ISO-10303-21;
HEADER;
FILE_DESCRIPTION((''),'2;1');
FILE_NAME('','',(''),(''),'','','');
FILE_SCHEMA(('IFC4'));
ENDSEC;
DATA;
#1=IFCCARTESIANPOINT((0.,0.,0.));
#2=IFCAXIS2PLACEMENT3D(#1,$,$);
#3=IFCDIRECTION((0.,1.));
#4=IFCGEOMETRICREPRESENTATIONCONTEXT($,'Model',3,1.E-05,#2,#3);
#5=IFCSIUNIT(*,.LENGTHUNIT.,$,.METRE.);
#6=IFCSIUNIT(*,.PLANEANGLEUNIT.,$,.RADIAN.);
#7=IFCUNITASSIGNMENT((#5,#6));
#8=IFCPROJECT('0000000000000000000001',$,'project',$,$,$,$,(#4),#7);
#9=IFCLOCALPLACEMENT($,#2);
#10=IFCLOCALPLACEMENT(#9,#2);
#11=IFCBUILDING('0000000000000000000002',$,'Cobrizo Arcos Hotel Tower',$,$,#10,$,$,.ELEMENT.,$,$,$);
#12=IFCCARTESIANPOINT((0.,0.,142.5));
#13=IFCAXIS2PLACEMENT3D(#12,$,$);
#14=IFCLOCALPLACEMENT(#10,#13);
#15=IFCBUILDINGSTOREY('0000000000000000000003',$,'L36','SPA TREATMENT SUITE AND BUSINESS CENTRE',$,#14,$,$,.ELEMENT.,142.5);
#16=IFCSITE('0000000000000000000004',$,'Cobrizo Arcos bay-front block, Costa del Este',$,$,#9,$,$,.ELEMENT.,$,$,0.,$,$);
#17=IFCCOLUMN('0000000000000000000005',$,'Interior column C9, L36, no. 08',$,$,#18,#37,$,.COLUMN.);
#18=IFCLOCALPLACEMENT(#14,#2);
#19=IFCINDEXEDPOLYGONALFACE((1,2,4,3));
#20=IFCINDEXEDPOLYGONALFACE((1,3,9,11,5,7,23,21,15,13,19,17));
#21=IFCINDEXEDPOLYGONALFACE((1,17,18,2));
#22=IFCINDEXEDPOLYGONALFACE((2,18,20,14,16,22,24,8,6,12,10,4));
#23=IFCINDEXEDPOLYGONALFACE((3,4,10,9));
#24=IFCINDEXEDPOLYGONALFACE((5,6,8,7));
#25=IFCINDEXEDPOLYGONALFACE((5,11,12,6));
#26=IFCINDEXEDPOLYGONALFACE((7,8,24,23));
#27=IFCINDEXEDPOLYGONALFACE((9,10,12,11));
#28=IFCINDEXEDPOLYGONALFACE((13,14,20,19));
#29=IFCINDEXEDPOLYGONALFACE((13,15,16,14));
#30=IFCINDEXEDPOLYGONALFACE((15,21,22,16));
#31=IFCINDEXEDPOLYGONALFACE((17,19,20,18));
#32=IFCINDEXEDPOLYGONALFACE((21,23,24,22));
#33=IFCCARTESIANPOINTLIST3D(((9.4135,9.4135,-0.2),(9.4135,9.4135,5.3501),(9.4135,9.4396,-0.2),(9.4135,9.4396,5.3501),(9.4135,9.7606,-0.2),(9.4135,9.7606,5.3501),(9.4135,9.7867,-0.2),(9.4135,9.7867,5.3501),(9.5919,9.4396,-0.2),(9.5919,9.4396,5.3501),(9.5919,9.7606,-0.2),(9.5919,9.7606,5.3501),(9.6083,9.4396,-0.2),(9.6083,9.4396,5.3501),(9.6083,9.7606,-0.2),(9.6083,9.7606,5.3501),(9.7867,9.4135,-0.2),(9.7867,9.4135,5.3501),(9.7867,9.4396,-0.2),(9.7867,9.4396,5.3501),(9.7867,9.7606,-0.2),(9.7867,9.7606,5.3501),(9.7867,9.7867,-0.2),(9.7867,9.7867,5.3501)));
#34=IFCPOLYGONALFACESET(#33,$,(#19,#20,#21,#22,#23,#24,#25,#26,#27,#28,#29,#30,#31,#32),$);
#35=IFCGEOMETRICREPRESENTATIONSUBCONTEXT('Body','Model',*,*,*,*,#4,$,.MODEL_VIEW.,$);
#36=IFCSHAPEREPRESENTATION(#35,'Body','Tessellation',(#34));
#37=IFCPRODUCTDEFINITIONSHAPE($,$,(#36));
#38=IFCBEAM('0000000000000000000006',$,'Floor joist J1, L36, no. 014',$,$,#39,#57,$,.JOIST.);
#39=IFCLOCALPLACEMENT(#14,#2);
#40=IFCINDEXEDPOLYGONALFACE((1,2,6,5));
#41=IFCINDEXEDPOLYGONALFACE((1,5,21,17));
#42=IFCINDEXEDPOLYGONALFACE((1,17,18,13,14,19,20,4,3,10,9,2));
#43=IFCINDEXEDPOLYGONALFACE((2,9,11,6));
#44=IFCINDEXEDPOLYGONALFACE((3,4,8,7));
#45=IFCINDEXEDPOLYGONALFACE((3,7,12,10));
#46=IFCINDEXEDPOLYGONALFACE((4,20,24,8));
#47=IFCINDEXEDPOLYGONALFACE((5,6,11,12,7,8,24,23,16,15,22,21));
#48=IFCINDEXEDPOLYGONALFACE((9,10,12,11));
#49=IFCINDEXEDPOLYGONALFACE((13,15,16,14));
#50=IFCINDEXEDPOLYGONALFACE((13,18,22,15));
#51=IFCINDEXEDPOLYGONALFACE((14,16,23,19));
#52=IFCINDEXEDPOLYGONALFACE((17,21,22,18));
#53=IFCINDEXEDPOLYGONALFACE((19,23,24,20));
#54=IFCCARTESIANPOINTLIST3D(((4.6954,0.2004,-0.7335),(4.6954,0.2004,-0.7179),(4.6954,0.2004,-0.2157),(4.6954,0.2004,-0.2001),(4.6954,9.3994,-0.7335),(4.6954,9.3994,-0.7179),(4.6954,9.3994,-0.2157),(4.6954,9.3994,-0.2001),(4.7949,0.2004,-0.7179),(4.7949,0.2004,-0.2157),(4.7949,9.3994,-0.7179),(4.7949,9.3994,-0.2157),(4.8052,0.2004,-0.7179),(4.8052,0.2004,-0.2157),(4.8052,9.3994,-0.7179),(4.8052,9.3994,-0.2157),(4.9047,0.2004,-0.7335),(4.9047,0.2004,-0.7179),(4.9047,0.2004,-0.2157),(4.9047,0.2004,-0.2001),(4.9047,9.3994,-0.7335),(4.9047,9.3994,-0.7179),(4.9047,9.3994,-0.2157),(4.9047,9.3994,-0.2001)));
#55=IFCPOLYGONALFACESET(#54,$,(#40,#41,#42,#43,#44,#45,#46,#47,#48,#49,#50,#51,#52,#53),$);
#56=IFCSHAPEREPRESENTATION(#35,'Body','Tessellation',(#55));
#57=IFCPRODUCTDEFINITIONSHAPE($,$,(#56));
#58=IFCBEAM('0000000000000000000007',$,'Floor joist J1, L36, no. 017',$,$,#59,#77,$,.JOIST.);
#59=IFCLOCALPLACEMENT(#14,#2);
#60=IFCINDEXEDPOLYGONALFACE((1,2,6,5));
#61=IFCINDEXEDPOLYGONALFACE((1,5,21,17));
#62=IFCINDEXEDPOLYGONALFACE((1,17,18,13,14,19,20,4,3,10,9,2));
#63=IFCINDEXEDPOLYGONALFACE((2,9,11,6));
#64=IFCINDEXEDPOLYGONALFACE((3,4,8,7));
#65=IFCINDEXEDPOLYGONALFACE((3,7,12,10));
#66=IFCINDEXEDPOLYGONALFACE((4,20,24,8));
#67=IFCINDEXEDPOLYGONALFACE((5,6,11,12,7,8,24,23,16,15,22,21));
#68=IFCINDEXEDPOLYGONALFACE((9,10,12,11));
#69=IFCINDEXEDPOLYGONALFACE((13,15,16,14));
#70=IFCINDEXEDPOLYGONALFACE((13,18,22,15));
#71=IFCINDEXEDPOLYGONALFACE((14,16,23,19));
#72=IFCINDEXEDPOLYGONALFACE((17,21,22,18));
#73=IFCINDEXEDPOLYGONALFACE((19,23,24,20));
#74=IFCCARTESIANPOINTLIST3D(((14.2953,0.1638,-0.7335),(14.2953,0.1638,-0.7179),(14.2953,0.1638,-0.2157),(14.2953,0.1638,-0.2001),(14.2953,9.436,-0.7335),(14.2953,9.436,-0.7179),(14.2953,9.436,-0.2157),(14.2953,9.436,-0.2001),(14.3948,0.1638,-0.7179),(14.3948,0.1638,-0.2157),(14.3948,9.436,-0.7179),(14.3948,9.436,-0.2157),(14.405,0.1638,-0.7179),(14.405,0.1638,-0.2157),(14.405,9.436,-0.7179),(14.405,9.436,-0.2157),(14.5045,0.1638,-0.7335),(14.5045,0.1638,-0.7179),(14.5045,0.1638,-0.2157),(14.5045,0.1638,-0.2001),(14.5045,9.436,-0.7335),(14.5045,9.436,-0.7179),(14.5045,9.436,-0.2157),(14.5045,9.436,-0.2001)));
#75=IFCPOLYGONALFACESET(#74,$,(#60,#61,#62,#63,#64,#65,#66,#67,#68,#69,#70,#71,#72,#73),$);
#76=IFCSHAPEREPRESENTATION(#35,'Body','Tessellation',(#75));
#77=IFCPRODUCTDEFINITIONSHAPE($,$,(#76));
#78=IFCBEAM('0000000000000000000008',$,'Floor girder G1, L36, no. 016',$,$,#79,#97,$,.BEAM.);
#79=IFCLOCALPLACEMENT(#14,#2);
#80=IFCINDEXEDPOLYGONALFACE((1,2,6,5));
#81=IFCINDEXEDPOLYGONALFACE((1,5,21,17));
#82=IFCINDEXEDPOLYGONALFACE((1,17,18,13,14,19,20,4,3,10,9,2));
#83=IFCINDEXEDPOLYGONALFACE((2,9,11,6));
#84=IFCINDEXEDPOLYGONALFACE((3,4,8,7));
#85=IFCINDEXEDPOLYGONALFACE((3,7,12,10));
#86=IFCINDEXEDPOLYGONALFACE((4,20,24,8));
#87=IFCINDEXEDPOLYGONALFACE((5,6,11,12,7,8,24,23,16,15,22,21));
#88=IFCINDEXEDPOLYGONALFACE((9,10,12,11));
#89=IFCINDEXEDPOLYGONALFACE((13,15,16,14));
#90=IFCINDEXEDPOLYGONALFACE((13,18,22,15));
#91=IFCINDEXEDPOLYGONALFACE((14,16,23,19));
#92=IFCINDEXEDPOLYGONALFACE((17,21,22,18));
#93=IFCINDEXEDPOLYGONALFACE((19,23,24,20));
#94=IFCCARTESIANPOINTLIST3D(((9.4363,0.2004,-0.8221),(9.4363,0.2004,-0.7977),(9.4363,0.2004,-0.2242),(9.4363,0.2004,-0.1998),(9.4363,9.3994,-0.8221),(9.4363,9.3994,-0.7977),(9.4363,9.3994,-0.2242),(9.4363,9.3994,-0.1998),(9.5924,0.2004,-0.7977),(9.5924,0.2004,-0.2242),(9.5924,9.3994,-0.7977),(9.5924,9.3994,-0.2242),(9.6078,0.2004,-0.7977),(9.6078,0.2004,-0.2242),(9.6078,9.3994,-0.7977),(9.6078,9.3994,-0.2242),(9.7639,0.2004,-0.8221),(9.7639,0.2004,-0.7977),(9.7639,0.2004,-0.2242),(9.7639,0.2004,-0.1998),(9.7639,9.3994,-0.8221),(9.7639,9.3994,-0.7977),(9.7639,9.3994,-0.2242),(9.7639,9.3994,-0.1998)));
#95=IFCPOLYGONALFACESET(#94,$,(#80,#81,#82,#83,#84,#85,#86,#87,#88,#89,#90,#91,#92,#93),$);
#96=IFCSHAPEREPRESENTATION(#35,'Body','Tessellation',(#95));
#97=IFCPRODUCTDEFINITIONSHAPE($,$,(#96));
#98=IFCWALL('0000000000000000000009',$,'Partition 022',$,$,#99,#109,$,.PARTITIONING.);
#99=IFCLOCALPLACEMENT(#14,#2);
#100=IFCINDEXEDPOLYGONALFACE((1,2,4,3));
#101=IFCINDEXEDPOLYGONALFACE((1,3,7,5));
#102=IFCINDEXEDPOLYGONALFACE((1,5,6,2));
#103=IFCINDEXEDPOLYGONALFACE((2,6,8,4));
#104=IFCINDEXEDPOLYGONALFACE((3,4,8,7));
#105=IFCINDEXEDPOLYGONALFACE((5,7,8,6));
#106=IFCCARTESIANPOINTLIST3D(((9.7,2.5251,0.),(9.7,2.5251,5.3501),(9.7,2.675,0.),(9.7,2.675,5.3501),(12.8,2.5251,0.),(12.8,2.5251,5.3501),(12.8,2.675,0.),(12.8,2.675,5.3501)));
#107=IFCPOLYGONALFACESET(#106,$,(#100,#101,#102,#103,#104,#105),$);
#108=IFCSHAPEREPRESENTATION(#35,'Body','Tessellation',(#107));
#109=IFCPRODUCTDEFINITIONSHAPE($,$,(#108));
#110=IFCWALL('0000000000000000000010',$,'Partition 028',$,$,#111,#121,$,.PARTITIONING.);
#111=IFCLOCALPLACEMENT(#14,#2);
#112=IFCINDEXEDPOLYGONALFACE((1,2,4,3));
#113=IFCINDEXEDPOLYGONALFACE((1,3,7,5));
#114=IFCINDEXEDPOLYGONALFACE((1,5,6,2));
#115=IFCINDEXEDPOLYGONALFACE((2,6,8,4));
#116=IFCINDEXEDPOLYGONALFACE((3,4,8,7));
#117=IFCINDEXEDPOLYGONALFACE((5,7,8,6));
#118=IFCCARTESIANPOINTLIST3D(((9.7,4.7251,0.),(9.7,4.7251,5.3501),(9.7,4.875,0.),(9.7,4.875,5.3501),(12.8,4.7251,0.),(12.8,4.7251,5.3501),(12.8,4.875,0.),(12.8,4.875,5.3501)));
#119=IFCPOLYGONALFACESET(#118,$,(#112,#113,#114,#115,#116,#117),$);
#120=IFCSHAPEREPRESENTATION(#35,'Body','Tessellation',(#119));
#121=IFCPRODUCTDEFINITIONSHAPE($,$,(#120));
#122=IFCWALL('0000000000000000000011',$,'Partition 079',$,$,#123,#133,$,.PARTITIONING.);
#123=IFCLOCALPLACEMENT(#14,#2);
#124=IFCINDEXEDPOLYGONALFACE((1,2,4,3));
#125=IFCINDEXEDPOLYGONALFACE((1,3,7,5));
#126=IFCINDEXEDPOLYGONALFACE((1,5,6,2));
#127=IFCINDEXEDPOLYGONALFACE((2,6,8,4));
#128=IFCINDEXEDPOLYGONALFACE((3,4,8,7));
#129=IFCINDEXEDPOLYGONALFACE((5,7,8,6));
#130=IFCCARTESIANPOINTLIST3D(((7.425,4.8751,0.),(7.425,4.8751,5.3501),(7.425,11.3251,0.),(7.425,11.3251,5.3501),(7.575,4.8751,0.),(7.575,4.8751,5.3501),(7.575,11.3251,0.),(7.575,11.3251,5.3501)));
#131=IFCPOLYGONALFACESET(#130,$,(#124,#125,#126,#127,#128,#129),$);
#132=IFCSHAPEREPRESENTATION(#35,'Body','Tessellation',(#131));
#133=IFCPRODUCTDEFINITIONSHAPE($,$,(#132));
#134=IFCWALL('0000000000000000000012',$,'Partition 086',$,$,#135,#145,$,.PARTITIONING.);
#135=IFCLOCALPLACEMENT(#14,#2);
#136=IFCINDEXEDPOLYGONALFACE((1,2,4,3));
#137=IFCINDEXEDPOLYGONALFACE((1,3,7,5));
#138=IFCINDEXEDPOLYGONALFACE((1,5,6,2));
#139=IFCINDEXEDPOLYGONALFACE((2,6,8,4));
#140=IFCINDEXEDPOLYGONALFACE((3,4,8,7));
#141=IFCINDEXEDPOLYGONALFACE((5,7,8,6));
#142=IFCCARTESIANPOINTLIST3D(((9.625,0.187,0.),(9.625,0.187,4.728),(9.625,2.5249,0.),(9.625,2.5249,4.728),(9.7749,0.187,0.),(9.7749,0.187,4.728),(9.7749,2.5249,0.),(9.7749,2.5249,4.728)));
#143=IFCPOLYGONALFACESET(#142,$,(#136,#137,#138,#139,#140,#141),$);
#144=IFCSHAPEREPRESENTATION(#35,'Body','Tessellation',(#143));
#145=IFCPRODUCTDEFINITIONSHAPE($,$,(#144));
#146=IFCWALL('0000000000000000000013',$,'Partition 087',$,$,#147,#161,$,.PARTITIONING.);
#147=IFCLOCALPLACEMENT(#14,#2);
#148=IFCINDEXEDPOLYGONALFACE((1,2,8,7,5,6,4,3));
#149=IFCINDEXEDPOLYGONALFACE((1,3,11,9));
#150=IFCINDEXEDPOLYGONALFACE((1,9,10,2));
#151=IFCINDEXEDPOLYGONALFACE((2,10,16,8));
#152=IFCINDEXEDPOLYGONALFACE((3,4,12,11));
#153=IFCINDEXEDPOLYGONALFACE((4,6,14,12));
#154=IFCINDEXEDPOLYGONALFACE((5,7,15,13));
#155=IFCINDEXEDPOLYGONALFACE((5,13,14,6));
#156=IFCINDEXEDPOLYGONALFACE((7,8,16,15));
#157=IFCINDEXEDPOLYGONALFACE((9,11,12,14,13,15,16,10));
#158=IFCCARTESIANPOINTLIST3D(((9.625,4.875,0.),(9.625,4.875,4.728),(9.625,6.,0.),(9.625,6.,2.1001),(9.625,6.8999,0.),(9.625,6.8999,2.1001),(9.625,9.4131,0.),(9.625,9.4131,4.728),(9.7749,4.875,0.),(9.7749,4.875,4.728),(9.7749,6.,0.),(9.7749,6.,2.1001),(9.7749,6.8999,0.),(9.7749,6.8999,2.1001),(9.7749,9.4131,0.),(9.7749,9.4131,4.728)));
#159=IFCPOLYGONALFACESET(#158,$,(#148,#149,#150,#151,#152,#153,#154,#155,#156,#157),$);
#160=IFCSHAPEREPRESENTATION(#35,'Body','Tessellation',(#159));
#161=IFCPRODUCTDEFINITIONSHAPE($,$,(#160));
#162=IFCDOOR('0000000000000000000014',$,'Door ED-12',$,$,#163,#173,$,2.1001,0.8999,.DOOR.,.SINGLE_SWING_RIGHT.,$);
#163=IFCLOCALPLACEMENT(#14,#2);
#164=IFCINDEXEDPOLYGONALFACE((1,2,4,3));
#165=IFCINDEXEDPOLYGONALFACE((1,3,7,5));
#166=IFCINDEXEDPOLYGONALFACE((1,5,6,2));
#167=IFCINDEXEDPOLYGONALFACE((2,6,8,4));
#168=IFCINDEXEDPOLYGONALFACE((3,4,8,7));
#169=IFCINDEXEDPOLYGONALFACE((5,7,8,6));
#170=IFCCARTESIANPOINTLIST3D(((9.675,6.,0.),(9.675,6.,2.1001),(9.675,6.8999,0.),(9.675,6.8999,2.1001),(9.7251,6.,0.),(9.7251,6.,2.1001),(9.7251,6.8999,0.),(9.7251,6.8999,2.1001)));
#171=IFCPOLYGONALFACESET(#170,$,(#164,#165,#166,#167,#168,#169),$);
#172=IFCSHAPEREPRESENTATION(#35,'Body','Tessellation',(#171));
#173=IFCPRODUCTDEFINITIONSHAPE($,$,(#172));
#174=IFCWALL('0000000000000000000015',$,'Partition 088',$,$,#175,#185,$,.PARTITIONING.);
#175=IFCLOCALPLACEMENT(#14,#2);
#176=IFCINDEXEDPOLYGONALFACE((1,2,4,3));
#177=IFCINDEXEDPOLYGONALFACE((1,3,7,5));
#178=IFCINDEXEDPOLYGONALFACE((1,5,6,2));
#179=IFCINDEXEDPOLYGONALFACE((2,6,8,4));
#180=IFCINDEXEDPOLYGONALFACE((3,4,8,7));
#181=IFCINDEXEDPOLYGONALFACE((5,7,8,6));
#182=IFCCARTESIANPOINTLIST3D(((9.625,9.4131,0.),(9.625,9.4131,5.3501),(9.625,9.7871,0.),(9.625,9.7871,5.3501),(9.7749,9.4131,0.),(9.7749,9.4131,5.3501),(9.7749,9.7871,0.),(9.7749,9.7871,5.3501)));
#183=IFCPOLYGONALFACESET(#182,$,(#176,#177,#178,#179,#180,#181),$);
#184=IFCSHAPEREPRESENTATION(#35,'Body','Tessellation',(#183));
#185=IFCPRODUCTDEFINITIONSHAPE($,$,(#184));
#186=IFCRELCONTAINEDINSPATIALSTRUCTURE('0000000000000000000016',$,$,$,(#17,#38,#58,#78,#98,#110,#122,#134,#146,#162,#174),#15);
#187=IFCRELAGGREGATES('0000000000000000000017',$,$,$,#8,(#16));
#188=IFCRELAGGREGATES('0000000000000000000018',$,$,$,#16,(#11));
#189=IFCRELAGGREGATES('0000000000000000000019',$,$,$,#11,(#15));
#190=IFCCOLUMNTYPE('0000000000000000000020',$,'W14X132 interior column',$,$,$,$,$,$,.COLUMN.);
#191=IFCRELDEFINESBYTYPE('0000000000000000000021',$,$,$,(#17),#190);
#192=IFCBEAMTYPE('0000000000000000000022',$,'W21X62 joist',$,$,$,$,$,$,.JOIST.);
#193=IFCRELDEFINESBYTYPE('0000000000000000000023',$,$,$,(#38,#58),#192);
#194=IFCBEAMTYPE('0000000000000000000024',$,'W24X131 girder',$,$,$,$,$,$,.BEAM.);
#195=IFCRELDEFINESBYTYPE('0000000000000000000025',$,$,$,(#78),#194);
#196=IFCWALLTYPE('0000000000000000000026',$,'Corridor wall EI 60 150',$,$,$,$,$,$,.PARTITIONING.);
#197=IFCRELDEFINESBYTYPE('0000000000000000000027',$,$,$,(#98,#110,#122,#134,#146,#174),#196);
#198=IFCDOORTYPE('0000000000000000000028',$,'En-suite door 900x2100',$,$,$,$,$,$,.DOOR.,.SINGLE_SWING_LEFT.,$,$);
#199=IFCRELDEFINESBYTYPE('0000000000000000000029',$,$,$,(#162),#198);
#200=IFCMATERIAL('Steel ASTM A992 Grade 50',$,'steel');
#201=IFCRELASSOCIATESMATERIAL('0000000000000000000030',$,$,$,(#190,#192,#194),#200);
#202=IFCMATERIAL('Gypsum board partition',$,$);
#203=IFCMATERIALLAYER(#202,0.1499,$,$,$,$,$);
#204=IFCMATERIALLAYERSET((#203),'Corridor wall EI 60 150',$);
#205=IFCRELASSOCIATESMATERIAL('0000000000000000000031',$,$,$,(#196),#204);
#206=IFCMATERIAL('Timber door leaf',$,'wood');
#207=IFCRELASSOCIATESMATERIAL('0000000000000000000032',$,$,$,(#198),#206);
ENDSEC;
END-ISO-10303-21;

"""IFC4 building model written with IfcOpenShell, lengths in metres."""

from ifc_helpers import new_model, si_unit, direction, frame, frame_2d, origin, origin_2d, place, context, subcontext, project, spatial, rectangle, i_section, extrude, material, layer, layer_set, material_profile, profile_set, type_object, element, fill, save


model = new_model("IFC4")

# Units and contexts
model_context = context("Model", 3, precision=1e-05, world=origin(), true_north=direction((0.0, 1.0)))
body_context = subcontext(model_context, "Body", "Model", "MODEL_VIEW")
ifc_project = project(units=[si_unit("LENGTHUNIT", "METRE"), si_unit("PLANEANGLEUNIT", "RADIAN")], contexts=[model_context])

# Site, building, storey
site_placement = place(None, origin())
site = spatial("IfcSite", under=ifc_project, at=site_placement, Name="Cobrizo Arcos bay-front block, Costa del Este", CompositionType="ELEMENT", RefElevation=0.0)
building_placement = place(site_placement, origin())
building = spatial("IfcBuilding", under=site, at=building_placement, Name="Cobrizo Arcos Hotel Tower", CompositionType="ELEMENT")
storey_placement = place(building_placement, frame((0.0, 0.0, 142.5)))
storey = spatial("IfcBuildingStorey", under=building, at=storey_placement, Name="L36", Description="SPA TREATMENT SUITE AND BUSINESS CENTRE", CompositionType="ELEMENT", Elevation=142.5)

# Column
ifc_material_1 = material(Name="Steel ASTM A992 Grade 50", Category="steel")
ifc_material_profile_1 = material_profile(ifc_material_1, i_section(OverallWidth=0.3733, OverallDepth=0.3733, WebThickness=0.0164, FlangeThickness=0.0261, at=origin_2d()), Name="W14X132")
ifc_profile_set_1 = profile_set([ifc_material_profile_1], Name="Steel ASTM A992 Grade 50")
column_type = type_object("IfcColumnType", Name="W14X132 interior column", PredefinedType="COLUMN", material=ifc_profile_set_1)
column_placement = place(storey_placement, frame((9.6001, 9.6001, -0.2), z_axis=(0.0, 0.0, 1.0), x_axis=(1.0, 0.0, 0.0)))
element("IfcColumn", 1, at=column_placement, inside=storey, type_object=column_type, Name="Interior column C9, L36, no. 08", PredefinedType="COLUMN", context=body_context, shape_type="SweptSolid", body=[
    extrude(i_section(OverallWidth=0.3733, OverallDepth=0.3733, WebThickness=0.0164, FlangeThickness=0.0261, at=origin_2d()), origin(), (0.0, 0.0, 1.0), 5.55),
])

# Beams
ifc_material_profile_2 = material_profile(ifc_material_1, i_section(OverallWidth=0.2092, OverallDepth=0.5334, WebThickness=0.0103, FlangeThickness=0.0156, at=origin_2d()), Name="W21X62")
ifc_profile_set_2 = profile_set([ifc_material_profile_2], Name="Steel ASTM A992 Grade 50")
beam_type_1 = type_object("IfcBeamType", Name="W21X62 joist", PredefinedType="JOIST", material=ifc_profile_set_2)
beam_1_placement = place(storey_placement, frame((4.8, 0.2004, -0.4668), z_axis=(0.0, 1.0, 0.0), x_axis=(-1.0, 0.0, 0.0)))
element("IfcBeam", 2, at=beam_1_placement, inside=storey, type_object=beam_type_1, Name="Floor joist J1, L36, no. 014", PredefinedType="JOIST", context=body_context, shape_type="SweptSolid", body=[
    extrude(i_section(OverallWidth=0.2092, OverallDepth=0.5334, WebThickness=0.0103, FlangeThickness=0.0156, at=origin_2d()), origin(), (0.0, 0.0, 1.0), 9.199),
])
beam_2_placement = place(storey_placement, frame((14.3999, 0.1638, -0.4668), z_axis=(0.0, 1.0, 0.0), x_axis=(-1.0, 0.0, 0.0)))
element("IfcBeam", 3, at=beam_2_placement, inside=storey, type_object=beam_type_1, Name="Floor joist J1, L36, no. 017", PredefinedType="JOIST", context=body_context, shape_type="SweptSolid", body=[
    extrude(i_section(OverallWidth=0.2092, OverallDepth=0.5334, WebThickness=0.0103, FlangeThickness=0.0156, at=origin_2d()), origin(), (0.0, 0.0, 1.0), 9.2722),
])
ifc_material_profile_3 = material_profile(ifc_material_1, i_section(OverallWidth=0.3276, OverallDepth=0.6223, WebThickness=0.0154, FlangeThickness=0.0244, at=origin_2d()), Name="W24X131")
ifc_profile_set_3 = profile_set([ifc_material_profile_3], Name="Steel ASTM A992 Grade 50")
beam_type_2 = type_object("IfcBeamType", Name="W24X131 girder", PredefinedType="BEAM", material=ifc_profile_set_3)
beam_3_placement = place(storey_placement, frame((9.6001, 0.2004, -0.511), z_axis=(0.0, 1.0, 0.0), x_axis=(-1.0, 0.0, 0.0)))
element("IfcBeam", 4, at=beam_3_placement, inside=storey, type_object=beam_type_2, Name="Floor girder G1, L36, no. 016", PredefinedType="BEAM", context=body_context, shape_type="SweptSolid", body=[
    extrude(i_section(OverallWidth=0.3276, OverallDepth=0.6223, WebThickness=0.0154, FlangeThickness=0.0244, at=origin_2d()), origin(), (0.0, 0.0, 1.0), 9.199),
])

# Walls
ifc_material_2 = material(Name="Gypsum board partition")
ifc_layer_1 = layer(ifc_material_2, 0.1499)
ifc_layer_set_1 = layer_set([ifc_layer_1], Name="Corridor wall EI 60 150")
wall_type_1 = type_object("IfcWallType", Name="Corridor wall EI 60 150", PredefinedType="PARTITIONING", material=ifc_layer_set_1)
for number, where, z_axis, x_axis, name in (
    (5, (9.7, 2.6001, 0.0), (0.0, 0.0, 1.0), (1.0, 0.0, 0.0), "Partition 022"),
    (6, (9.7, 4.8, 0.0), (0.0, 0.0, 1.0), (1.0, 0.0, 0.0), "Partition 028"),
):
    element("IfcWall", number, at=place(storey_placement, frame(where, z_axis=z_axis, x_axis=x_axis)), inside=storey, type_object=wall_type_1, Name=name, PredefinedType="PARTITIONING", context=body_context, shape_type="SweptSolid", body=[
        extrude(rectangle(XDim=3.1001, YDim=0.1499, at=frame_2d((1.55, 0.0))), origin(), (0.0, 0.0, 1.0), 5.3501),
    ])
wall_1_placement = place(storey_placement, frame((7.5, 4.875, 0.0), z_axis=(0.0, 0.0, 1.0), x_axis=(0.0, 1.0, 0.0)))
element("IfcWall", 7, at=wall_1_placement, inside=storey, type_object=wall_type_1, Name="Partition 079", PredefinedType="PARTITIONING", context=body_context, shape_type="SweptSolid", body=[
    extrude(rectangle(XDim=6.45, YDim=0.1499, at=frame_2d((3.2251, 0.0))), origin(), (0.0, 0.0, 1.0), 5.3501),
])
wall_2_placement = place(storey_placement, frame((9.7, 0.187, 0.0), z_axis=(0.0, 0.0, 1.0), x_axis=(0.0, 1.0, 0.0)))
element("IfcWall", 8, at=wall_2_placement, inside=storey, type_object=wall_type_1, Name="Partition 086", PredefinedType="PARTITIONING", context=body_context, shape_type="SweptSolid", body=[
    extrude(rectangle(XDim=2.3379, YDim=0.1499, at=frame_2d((1.1689, 0.0))), origin(), (0.0, 0.0, 1.0), 4.728),
])

# Wall, opening, door
wall_3_placement = place(storey_placement, frame((9.7, 4.875, 0.0), z_axis=(0.0, 0.0, 1.0), x_axis=(0.0, 1.0, 0.0)))
wall_3 = element("IfcWall", 9, at=wall_3_placement, inside=storey, type_object=wall_type_1, Name="Partition 087", PredefinedType="PARTITIONING", context=body_context, shape_type="SweptSolid", body=[
    extrude(rectangle(XDim=4.5381, YDim=0.1499, at=frame_2d((2.269, 0.0))), origin(), (0.0, 0.0, 1.0), 4.728),
])
opening_1_placement = place(wall_3_placement, frame((1.125, 0.0, 0.0)))
opening_1 = element("IfcOpeningElement", 10, at=opening_1_placement, cuts=wall_3, PredefinedType="OPENING", context=body_context, shape_type="SweptSolid", body=[
    extrude(rectangle(XDim=0.8999, YDim=2.1001, at=frame_2d((0.45, 1.05))), frame((0.0, 0.0869, 0.0), z_axis=(0.0, -1.0, 0.0), x_axis=(1.0, 0.0, 0.0)), (0.0, 0.0, 1.0), 0.1738),
])
ifc_material_3 = material(Name="Timber door leaf", Category="wood")
door_type_1 = type_object("IfcDoorType", Name="En-suite door 900x2100", OperationType="SINGLE_SWING_LEFT", PredefinedType="DOOR", material=ifc_material_3)
door_1_placement = place(opening_1_placement, origin())
door_1 = element("IfcDoor", 11, at=door_1_placement, inside=storey, type_object=door_type_1, Name="Door ED-12", OperationType="SINGLE_SWING_RIGHT", OverallHeight=2.1001, OverallWidth=0.8999, PredefinedType="DOOR", context=body_context, shape_type="SweptSolid", body=[
    extrude(rectangle(XDim=0.8999, YDim=2.1001, at=frame_2d((0.45, 1.05))), frame((0.0, 0.0249, 0.0), z_axis=(0.0, -1.0, 0.0), x_axis=(1.0, 0.0, 0.0)), (0.0, 0.0, 1.0), 0.05),
])
fill(opening_1, door_1)

# Wall
wall_4_placement = place(storey_placement, frame((9.7, 9.4131, 0.0), z_axis=(0.0, 0.0, 1.0), x_axis=(0.0, 1.0, 0.0)))
element("IfcWall", 12, at=wall_4_placement, inside=storey, type_object=wall_type_1, Name="Partition 088", PredefinedType="PARTITIONING", context=body_context, shape_type="SweptSolid", body=[
    extrude(rectangle(XDim=0.374, YDim=0.1499, at=frame_2d((0.187, 0.0))), origin(), (0.0, 0.0, 1.0), 5.3501),
])

save(model, "model.ifc")
